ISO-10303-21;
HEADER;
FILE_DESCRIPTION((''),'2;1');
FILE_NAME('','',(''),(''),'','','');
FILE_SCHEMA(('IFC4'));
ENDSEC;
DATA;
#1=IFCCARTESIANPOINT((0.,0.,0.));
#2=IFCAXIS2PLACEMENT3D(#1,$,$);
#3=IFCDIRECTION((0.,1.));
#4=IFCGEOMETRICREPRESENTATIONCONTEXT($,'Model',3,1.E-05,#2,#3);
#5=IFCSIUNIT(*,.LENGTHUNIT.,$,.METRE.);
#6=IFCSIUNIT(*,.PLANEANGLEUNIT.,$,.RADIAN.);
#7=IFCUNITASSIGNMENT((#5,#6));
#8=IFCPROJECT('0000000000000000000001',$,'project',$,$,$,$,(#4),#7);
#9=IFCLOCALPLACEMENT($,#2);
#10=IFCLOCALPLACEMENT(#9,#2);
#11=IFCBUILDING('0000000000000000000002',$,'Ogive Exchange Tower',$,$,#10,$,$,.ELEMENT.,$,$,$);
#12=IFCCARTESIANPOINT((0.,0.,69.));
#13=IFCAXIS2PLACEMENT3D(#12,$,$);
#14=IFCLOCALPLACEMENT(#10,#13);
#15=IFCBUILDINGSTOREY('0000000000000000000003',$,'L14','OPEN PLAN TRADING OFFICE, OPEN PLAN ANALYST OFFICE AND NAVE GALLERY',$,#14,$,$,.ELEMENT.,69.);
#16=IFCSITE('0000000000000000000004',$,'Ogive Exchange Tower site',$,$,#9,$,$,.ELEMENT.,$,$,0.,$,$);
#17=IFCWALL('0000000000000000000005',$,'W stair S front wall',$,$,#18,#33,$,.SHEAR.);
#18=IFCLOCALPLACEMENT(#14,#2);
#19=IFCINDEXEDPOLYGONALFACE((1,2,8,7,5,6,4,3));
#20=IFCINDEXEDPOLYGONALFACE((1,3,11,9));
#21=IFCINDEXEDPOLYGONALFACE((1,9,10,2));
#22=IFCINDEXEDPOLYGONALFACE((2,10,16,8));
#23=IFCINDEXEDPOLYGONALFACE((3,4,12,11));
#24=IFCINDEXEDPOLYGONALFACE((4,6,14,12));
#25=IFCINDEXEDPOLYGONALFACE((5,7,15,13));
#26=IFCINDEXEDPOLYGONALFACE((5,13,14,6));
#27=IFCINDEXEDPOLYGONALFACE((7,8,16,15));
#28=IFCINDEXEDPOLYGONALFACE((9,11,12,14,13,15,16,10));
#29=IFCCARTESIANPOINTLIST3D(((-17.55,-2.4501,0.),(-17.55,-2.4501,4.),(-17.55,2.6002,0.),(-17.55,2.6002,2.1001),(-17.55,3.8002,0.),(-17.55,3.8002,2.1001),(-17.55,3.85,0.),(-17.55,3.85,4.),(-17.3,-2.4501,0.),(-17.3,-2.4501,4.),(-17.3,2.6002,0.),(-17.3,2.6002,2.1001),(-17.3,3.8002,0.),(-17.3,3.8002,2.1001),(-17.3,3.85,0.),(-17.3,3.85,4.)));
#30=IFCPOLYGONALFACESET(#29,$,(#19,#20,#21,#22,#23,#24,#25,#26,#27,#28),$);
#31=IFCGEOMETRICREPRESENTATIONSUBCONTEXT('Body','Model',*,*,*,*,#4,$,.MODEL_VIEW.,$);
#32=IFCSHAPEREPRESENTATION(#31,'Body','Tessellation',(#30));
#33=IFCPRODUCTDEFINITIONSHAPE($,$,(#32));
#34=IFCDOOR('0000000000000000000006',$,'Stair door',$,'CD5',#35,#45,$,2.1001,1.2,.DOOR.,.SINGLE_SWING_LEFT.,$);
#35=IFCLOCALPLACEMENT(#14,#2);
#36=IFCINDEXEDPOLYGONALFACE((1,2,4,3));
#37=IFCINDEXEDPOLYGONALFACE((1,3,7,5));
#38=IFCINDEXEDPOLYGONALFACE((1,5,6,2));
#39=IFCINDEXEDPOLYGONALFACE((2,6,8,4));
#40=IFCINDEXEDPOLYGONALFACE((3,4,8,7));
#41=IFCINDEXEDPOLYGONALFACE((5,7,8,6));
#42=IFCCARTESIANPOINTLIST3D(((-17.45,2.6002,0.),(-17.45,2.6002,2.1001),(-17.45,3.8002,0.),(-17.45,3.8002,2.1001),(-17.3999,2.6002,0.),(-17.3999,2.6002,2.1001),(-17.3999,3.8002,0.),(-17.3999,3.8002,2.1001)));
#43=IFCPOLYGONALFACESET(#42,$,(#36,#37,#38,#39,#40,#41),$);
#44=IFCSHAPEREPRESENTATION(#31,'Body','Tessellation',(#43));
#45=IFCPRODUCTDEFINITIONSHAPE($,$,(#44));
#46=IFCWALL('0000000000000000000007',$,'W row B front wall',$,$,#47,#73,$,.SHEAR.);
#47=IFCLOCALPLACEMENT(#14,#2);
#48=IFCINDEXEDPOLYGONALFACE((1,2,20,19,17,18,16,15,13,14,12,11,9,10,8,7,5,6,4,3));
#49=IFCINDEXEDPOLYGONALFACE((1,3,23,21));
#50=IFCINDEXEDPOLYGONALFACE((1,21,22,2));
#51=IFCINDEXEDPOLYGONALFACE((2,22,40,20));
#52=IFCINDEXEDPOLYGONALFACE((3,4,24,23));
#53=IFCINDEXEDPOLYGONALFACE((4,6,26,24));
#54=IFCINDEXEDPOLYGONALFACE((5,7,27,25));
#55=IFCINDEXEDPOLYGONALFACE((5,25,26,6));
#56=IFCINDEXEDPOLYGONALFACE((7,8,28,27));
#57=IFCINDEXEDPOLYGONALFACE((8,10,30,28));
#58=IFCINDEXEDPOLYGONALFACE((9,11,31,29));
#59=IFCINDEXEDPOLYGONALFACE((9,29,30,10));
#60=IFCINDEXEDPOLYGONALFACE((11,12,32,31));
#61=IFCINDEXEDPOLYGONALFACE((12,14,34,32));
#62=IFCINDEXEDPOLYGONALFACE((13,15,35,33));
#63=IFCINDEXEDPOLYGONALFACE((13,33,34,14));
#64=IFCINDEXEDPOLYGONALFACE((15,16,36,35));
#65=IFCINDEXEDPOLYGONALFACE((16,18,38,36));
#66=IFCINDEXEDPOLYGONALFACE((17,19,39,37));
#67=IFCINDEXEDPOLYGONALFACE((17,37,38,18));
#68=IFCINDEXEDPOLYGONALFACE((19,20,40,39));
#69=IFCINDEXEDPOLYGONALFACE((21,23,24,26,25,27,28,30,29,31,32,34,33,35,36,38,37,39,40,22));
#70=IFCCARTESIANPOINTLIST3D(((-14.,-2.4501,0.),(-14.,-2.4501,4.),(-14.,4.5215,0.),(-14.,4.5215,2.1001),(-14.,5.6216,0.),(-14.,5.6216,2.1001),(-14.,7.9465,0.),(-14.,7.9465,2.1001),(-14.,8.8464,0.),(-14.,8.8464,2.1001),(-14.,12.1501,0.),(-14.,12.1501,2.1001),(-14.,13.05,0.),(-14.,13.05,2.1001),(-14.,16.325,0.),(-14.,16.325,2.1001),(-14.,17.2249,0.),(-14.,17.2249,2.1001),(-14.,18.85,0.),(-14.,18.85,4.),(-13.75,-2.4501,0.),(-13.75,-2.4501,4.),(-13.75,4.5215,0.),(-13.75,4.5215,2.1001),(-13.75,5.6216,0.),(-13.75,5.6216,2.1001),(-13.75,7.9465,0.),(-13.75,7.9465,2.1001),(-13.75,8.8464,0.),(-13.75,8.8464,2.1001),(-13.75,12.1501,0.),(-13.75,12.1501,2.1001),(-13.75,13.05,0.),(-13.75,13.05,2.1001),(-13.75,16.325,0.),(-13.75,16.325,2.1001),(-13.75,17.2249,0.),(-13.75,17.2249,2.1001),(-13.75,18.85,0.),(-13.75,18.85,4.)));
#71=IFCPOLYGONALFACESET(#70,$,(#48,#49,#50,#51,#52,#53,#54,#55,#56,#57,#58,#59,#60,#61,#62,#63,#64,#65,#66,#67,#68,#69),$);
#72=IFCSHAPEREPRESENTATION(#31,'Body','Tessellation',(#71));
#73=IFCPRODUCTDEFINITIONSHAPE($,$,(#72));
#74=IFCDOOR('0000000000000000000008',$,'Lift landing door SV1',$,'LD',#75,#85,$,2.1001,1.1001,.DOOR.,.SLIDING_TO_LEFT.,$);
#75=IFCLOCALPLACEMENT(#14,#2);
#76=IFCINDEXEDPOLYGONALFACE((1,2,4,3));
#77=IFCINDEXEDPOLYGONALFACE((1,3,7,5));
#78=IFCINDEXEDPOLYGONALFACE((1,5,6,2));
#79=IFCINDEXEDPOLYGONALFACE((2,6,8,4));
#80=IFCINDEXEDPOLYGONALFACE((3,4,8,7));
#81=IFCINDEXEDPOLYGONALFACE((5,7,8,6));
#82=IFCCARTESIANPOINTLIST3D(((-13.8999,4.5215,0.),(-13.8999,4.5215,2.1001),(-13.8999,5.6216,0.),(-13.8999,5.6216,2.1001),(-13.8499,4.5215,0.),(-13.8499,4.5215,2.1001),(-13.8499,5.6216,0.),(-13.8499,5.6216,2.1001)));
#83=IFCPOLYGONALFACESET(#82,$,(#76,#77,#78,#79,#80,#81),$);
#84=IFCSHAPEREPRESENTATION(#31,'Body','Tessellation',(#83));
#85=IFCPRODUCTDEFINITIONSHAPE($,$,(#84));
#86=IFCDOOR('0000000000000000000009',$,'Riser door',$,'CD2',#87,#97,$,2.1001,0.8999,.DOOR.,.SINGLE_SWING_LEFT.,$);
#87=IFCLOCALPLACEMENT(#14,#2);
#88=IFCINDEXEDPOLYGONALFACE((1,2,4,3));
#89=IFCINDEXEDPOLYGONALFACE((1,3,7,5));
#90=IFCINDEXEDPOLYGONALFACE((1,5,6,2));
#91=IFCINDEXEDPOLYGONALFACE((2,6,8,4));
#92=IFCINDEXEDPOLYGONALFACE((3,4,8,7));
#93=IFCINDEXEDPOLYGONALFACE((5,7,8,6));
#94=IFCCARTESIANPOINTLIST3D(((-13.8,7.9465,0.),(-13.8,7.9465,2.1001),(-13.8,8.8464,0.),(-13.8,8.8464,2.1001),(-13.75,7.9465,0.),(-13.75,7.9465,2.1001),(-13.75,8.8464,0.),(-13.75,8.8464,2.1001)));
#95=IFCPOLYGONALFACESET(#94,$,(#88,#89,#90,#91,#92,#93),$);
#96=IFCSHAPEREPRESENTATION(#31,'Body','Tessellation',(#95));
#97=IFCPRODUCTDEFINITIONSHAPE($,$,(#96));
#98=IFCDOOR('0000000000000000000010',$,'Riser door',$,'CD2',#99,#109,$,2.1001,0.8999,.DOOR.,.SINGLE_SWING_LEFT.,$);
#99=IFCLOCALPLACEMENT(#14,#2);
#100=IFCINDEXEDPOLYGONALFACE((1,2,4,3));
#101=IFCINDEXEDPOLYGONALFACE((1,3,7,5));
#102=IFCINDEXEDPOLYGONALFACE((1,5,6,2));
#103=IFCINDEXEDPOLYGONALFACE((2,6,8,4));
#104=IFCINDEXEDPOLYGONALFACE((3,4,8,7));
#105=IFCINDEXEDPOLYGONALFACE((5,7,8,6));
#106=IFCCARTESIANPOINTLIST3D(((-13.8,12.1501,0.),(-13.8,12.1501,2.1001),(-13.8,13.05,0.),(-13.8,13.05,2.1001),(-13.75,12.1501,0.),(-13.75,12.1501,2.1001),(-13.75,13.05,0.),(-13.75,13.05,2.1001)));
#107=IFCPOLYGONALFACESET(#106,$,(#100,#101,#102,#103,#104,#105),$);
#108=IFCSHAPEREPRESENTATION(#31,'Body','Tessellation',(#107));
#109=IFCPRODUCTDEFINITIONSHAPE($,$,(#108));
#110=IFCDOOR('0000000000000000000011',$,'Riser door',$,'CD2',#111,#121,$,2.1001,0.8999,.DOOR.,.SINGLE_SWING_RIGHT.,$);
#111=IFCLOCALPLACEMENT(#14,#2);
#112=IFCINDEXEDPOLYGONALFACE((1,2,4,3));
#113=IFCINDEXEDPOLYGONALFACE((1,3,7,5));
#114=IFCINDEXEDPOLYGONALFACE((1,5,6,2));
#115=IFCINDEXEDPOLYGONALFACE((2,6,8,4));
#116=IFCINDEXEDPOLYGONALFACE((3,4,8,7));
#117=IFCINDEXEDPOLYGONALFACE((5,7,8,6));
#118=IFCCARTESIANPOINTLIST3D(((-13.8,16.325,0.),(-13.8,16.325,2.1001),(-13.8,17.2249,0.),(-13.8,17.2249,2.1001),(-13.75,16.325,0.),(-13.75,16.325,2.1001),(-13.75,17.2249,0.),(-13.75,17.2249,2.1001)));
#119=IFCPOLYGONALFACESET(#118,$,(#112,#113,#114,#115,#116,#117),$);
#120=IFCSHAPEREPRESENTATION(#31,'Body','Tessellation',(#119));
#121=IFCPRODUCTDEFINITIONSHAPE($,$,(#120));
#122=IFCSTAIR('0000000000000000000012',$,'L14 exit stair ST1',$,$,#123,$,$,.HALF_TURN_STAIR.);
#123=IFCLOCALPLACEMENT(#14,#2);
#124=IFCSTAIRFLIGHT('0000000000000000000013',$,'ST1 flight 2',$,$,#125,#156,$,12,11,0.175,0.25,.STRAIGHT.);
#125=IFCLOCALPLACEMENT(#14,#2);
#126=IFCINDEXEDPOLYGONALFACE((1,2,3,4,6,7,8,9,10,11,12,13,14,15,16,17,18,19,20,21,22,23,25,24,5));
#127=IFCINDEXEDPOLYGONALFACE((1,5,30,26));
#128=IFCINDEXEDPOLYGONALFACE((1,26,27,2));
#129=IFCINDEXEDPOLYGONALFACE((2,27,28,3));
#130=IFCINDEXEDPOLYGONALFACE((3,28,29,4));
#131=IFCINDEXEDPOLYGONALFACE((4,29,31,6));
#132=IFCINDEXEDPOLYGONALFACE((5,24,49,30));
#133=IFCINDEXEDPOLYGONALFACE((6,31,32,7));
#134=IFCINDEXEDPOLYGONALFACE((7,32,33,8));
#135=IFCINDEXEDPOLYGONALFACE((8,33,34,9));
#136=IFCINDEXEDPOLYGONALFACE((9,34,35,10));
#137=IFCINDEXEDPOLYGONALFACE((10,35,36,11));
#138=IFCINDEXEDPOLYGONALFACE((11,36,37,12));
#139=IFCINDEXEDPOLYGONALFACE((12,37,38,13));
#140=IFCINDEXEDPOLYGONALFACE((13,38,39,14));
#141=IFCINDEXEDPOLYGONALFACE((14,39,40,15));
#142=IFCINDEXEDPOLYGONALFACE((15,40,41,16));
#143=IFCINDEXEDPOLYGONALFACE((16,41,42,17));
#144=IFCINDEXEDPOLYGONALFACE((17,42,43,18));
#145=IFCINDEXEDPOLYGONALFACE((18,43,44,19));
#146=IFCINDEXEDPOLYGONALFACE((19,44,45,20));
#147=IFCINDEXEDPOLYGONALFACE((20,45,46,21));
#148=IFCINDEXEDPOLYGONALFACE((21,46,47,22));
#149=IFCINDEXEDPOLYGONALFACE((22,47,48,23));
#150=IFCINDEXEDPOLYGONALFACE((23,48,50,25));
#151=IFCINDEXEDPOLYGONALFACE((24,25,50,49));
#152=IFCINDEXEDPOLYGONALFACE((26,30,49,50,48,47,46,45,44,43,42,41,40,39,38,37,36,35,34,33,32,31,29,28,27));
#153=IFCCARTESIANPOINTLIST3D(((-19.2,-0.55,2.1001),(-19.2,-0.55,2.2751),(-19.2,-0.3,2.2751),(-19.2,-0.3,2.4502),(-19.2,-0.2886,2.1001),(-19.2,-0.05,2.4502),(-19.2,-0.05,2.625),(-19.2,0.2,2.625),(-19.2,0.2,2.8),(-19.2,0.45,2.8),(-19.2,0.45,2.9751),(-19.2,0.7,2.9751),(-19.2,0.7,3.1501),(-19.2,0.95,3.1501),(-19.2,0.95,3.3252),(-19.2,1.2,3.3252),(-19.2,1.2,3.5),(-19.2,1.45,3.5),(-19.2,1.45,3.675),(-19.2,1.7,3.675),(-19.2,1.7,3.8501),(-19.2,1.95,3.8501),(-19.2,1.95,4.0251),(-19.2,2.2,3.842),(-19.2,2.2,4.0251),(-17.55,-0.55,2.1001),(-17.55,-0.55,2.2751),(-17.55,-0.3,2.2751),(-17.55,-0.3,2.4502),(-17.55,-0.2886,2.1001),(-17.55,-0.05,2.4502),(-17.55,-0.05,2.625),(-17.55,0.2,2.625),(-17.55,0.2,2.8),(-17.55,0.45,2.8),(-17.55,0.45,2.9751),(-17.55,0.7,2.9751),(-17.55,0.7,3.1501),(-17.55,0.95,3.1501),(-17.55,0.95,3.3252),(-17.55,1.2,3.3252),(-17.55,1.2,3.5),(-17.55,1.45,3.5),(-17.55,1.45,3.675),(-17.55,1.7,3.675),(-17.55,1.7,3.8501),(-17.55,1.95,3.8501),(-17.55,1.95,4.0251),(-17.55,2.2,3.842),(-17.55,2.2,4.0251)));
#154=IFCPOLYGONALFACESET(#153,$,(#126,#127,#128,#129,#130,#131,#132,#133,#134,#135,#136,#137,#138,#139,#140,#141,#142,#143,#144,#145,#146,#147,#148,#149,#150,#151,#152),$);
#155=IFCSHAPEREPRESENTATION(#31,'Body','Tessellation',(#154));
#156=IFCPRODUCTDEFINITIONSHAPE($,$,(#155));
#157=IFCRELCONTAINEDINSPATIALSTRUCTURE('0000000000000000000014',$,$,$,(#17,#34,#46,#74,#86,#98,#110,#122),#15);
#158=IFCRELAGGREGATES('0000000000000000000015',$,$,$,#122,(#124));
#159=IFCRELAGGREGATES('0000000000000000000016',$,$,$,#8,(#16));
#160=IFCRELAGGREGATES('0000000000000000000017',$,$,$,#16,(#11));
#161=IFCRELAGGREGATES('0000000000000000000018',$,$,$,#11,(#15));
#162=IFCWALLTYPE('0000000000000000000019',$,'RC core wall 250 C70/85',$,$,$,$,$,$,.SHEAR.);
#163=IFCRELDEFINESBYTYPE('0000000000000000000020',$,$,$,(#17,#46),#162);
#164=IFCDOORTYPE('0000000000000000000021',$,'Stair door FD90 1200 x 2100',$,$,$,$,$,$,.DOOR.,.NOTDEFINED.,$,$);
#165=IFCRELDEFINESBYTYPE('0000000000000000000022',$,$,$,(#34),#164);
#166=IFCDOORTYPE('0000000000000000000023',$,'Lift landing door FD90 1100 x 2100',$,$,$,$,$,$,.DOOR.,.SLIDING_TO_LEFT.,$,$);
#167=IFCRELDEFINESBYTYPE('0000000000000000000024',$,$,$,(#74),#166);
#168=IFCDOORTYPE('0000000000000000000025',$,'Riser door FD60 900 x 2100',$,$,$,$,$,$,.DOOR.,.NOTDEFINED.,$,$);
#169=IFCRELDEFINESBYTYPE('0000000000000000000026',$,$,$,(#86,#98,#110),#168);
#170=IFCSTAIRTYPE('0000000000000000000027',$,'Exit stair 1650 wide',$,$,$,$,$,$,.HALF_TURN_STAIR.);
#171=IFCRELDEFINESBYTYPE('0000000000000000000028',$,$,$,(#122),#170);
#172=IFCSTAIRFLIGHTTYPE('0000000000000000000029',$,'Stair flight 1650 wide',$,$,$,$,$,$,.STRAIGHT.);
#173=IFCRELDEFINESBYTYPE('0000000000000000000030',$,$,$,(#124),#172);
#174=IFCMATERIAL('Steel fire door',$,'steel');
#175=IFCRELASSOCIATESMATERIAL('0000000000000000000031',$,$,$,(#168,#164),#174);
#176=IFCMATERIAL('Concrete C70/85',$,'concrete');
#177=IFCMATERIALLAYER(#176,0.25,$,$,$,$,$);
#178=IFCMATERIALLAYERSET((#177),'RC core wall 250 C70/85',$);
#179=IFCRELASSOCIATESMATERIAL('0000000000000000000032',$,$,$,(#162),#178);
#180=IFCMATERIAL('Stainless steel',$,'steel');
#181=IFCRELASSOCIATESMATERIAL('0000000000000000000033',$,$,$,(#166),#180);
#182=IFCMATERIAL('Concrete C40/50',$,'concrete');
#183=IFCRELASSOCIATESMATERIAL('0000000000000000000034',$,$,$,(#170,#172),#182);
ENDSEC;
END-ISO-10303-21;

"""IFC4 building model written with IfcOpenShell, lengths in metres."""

from ifc_helpers import new_model, si_unit, direction, frame, frame_2d, origin, place, context, subcontext, project, spatial, polyline, rectangle, outline, extrude, material, layer, layer_set, type_object, element, fill, aggregate, save


model = new_model("IFC4")

# Units and contexts
model_context = context("Model", 3, precision=1e-05, world=origin(), true_north=direction((0.0, 1.0)))
body_context = subcontext(model_context, "Body", "Model", "MODEL_VIEW")
ifc_project = project(units=[si_unit("LENGTHUNIT", "METRE"), si_unit("PLANEANGLEUNIT", "RADIAN")], contexts=[model_context])

# Site, building, storey
site_placement = place(None, origin())
site = spatial("IfcSite", under=ifc_project, at=site_placement, Name="Ogive Exchange Tower site", CompositionType="ELEMENT", RefElevation=0.0)
building_placement = place(site_placement, origin())
building = spatial("IfcBuilding", under=site, at=building_placement, Name="Ogive Exchange Tower", CompositionType="ELEMENT")
storey_placement = place(building_placement, frame((0.0, 0.0, 69.0)))
storey = spatial("IfcBuildingStorey", under=building, at=storey_placement, Name="L14", Description="OPEN PLAN TRADING OFFICE, OPEN PLAN ANALYST OFFICE AND NAVE GALLERY", CompositionType="ELEMENT", Elevation=69.0)

# Shared definitions
ifc_material_1 = material(Name="Concrete C70/85", Category="concrete")
ifc_material_2 = material(Name="Steel fire door", Category="steel")
door_type_1 = type_object("IfcDoorType", Name="Riser door FD60 900 x 2100", OperationType="NOTDEFINED", PredefinedType="DOOR", material=ifc_material_2)

# Wall, opening, door
ifc_layer_1 = layer(ifc_material_1, 0.25)
ifc_layer_set_1 = layer_set([ifc_layer_1], Name="RC core wall 250 C70/85")
wall_type_1 = type_object("IfcWallType", Name="RC core wall 250 C70/85", PredefinedType="SHEAR", material=ifc_layer_set_1)
wall_1_placement = place(storey_placement, frame((-17.425, -2.45, 0.0), z_axis=(0.0, 0.0, 1.0), x_axis=(0.0, 1.0, 0.0)))
wall_1 = element("IfcWall", 1, at=wall_1_placement, inside=storey, type_object=wall_type_1, Name="W stair S front wall", PredefinedType="SHEAR", context=body_context, shape_type="SweptSolid", body=[
    extrude(rectangle(XDim=6.3, YDim=0.25, at=frame_2d((3.1499, 0.0))), origin(), (0.0, 0.0, 1.0), 4.0),
])
opening_1_placement = place(wall_1_placement, frame((5.05, 0.0, 0.0)))
opening_1 = element("IfcOpeningElement", 2, at=opening_1_placement, cuts=wall_1, PredefinedType="OPENING", context=body_context, shape_type="SweptSolid", body=[
    extrude(rectangle(XDim=1.2, YDim=2.1001, at=frame_2d((0.6001, 1.05))), frame((0.0, 0.135, 0.0), z_axis=(0.0, -1.0, 0.0), x_axis=(1.0, 0.0, 0.0)), (0.0, 0.0, 1.0), 0.27),
])
door_type_2 = type_object("IfcDoorType", Name="Stair door FD90 1200 x 2100", OperationType="NOTDEFINED", PredefinedType="DOOR", material=ifc_material_2)
door_1_placement = place(opening_1_placement, origin())
door_1 = element("IfcDoor", 3, at=door_1_placement, inside=storey, type_object=door_type_2, Name="Stair door", ObjectType="CD5", OperationType="SINGLE_SWING_LEFT", OverallHeight=2.1001, OverallWidth=1.2, PredefinedType="DOOR", context=body_context, shape_type="SweptSolid", body=[
    extrude(rectangle(XDim=1.2, YDim=2.1001, at=frame_2d((0.6001, 1.05))), frame((0.0, 0.0249, 0.0), z_axis=(0.0, -1.0, 0.0), x_axis=(1.0, 0.0, 0.0)), (0.0, 0.0, 1.0), 0.05),
])
fill(opening_1, door_1)

# Wall, openings, doors
wall_2_placement = place(storey_placement, frame((-13.875, -2.45, 0.0), z_axis=(0.0, 0.0, 1.0), x_axis=(0.0, 1.0, 0.0)))
wall_2 = element("IfcWall", 4, at=wall_2_placement, inside=storey, type_object=wall_type_1, Name="W row B front wall", PredefinedType="SHEAR", context=body_context, shape_type="SweptSolid", body=[
    extrude(rectangle(XDim=21.3, YDim=0.25, at=frame_2d((10.6499, 0.0))), origin(), (0.0, 0.0, 1.0), 4.0),
])
opening_2_placement = place(wall_2_placement, frame((10.3965, 0.0, 0.0)))
opening_2 = element("IfcOpeningElement", 5, at=opening_2_placement, cuts=wall_2, PredefinedType="OPENING", context=body_context, shape_type="SweptSolid", body=[
    extrude(rectangle(XDim=0.8999, YDim=2.1001, at=frame_2d((0.45, 1.05))), frame((0.0, 0.135, 0.0), z_axis=(0.0, -1.0, 0.0), x_axis=(1.0, 0.0, 0.0)), (0.0, 0.0, 1.0), 0.27),
])
opening_3_placement = place(wall_2_placement, frame((14.6001, 0.0, 0.0)))
opening_3 = element("IfcOpeningElement", 6, at=opening_3_placement, cuts=wall_2, PredefinedType="OPENING", context=body_context, shape_type="SweptSolid", body=[
    extrude(rectangle(XDim=0.8999, YDim=2.1001, at=frame_2d((0.45, 1.05))), frame((0.0, 0.135, 0.0), z_axis=(0.0, -1.0, 0.0), x_axis=(1.0, 0.0, 0.0)), (0.0, 0.0, 1.0), 0.27),
])
opening_4_placement = place(wall_2_placement, frame((18.7749, 0.0, 0.0)))
opening_4 = element("IfcOpeningElement", 7, at=opening_4_placement, cuts=wall_2, PredefinedType="OPENING", context=body_context, shape_type="SweptSolid", body=[
    extrude(rectangle(XDim=0.8999, YDim=2.1001, at=frame_2d((0.45, 1.05))), frame((0.0, 0.135, 0.0), z_axis=(0.0, -1.0, 0.0), x_axis=(1.0, 0.0, 0.0)), (0.0, 0.0, 1.0), 0.27),
])
opening_5_placement = place(wall_2_placement, frame((6.9714, 0.0, 0.0)))
opening_5 = element("IfcOpeningElement", 8, at=opening_5_placement, cuts=wall_2, PredefinedType="OPENING", context=body_context, shape_type="SweptSolid", body=[
    extrude(rectangle(XDim=1.1001, YDim=2.1001, at=frame_2d((0.55, 1.05))), frame((0.0, 0.135, 0.0), z_axis=(0.0, -1.0, 0.0), x_axis=(1.0, 0.0, 0.0)), (0.0, 0.0, 1.0), 0.27),
])
ifc_material_3 = material(Name="Stainless steel", Category="steel")
door_type_3 = type_object("IfcDoorType", Name="Lift landing door FD90 1100 x 2100", OperationType="SLIDING_TO_LEFT", PredefinedType="DOOR", material=ifc_material_3)
door_2_placement = place(opening_5_placement, origin())
door_2 = element("IfcDoor", 9, at=door_2_placement, inside=storey, type_object=door_type_3, Name="Lift landing door SV1", ObjectType="LD", OperationType="SLIDING_TO_LEFT", OverallHeight=2.1001, OverallWidth=1.1001, PredefinedType="DOOR", context=body_context, shape_type="SweptSolid", body=[
    extrude(rectangle(XDim=1.1001, YDim=2.1001, at=frame_2d((0.55, 1.05))), frame((0.0, 0.0249, 0.0), z_axis=(0.0, -1.0, 0.0), x_axis=(1.0, 0.0, 0.0)), (0.0, 0.0, 1.0), 0.05),
])
fill(opening_5, door_2)
door_3_placement = place(opening_2_placement, frame((0.8999, -0.2002, 0.0), z_axis=(0.0, 0.0, 1.0), x_axis=(-1.0, 0.0, 0.0)))
door_3 = element("IfcDoor", 10, at=door_3_placement, inside=storey, type_object=door_type_1, Name="Riser door", ObjectType="CD2", OperationType="SINGLE_SWING_LEFT", OverallHeight=2.1001, OverallWidth=0.8999, PredefinedType="DOOR", context=body_context, shape_type="SweptSolid", body=[
    extrude(rectangle(XDim=0.8999, YDim=2.1001, at=frame_2d((0.45, 1.05))), frame((0.0, -0.0752, 0.0), z_axis=(0.0, -1.0, 0.0), x_axis=(1.0, 0.0, 0.0)), (0.0, 0.0, 1.0), 0.05),
])
fill(opening_2, door_3)
door_4_placement = place(opening_3_placement, frame((0.8999, -0.2002, 0.0), z_axis=(0.0, 0.0, 1.0), x_axis=(-1.0, 0.0, 0.0)))
door_4 = element("IfcDoor", 11, at=door_4_placement, inside=storey, type_object=door_type_1, Name="Riser door", ObjectType="CD2", OperationType="SINGLE_SWING_LEFT", OverallHeight=2.1001, OverallWidth=0.8999, PredefinedType="DOOR", context=body_context, shape_type="SweptSolid", body=[
    extrude(rectangle(XDim=0.8999, YDim=2.1001, at=frame_2d((0.45, 1.05))), frame((0.0, -0.0752, 0.0), z_axis=(0.0, -1.0, 0.0), x_axis=(1.0, 0.0, 0.0)), (0.0, 0.0, 1.0), 0.05),
])
fill(opening_3, door_4)
door_5_placement = place(opening_4_placement, frame((0.8999, -0.2002, 0.0), z_axis=(0.0, 0.0, 1.0), x_axis=(-1.0, 0.0, 0.0)))
door_5 = element("IfcDoor", 12, at=door_5_placement, inside=storey, type_object=door_type_1, Name="Riser door", ObjectType="CD2", OperationType="SINGLE_SWING_RIGHT", OverallHeight=2.1001, OverallWidth=0.8999, PredefinedType="DOOR", context=body_context, shape_type="SweptSolid", body=[
    extrude(rectangle(XDim=0.8999, YDim=2.1001, at=frame_2d((0.45, 1.05))), frame((0.0, -0.0752, 0.0), z_axis=(0.0, -1.0, 0.0), x_axis=(1.0, 0.0, 0.0)), (0.0, 0.0, 1.0), 0.05),
])
fill(opening_4, door_5)

# Stair, stair flight
ifc_material_4 = material(Name="Concrete C40/50", Category="concrete")
stair_type = type_object("IfcStairType", Name="Exit stair 1650 wide", PredefinedType="HALF_TURN_STAIR", material=ifc_material_4)
stair_placement = place(storey_placement, origin())
stair = element("IfcStair", 13, at=stair_placement, inside=storey, type_object=stair_type, Name="L14 exit stair ST1", PredefinedType="HALF_TURN_STAIR")
stair_flight_type = type_object("IfcStairFlightType", Name="Stair flight 1650 wide", PredefinedType="STRAIGHT", material=ifc_material_4)
stair_flight_placement = place(storey_placement, frame((-18.375, -0.55, 2.1001), z_axis=(0.0, 0.0, 1.0), x_axis=(0.0, 1.0, 0.0)))
stair_flight = element("IfcStairFlight", 14, at=stair_flight_placement, type_object=stair_flight_type, Name="ST1 flight 2", NumberOfRisers=12, NumberOfTreads=11, PredefinedType="STRAIGHT", RiserHeight=0.175, TreadLength=0.25, context=body_context, shape_type="SweptSolid", body=[
    extrude(outline(polyline([(0.0, 0.0), (0.0, 0.175), (0.25, 0.175), (0.25, 0.3501), (0.5, 0.3501), (0.5, 0.5249), (0.75, 0.5249), (0.75, 0.7), (1.0, 0.7), (1.0, 0.875), (1.25, 0.875), (1.25, 1.05), (1.5, 1.05), (1.5, 1.2251), (1.75, 1.2251), (1.75, 1.3999), (2.0, 1.3999), (2.0, 1.575), (2.25, 1.575), (2.25, 1.75), (2.5, 1.75), (2.5, 1.925), (2.75, 1.925), (2.75, 2.1001), (2.75, 1.7419), (0.2615, 0.0), (0.0, 0.0)])), frame((0.0, 0.825, 0.0), z_axis=(0.0, -1.0, 0.0), x_axis=(1.0, 0.0, 0.0)), (0.0, 0.0, 1.0), 1.6499),
])
aggregate(stair, [stair_flight])

save(model, "model.ifc")
